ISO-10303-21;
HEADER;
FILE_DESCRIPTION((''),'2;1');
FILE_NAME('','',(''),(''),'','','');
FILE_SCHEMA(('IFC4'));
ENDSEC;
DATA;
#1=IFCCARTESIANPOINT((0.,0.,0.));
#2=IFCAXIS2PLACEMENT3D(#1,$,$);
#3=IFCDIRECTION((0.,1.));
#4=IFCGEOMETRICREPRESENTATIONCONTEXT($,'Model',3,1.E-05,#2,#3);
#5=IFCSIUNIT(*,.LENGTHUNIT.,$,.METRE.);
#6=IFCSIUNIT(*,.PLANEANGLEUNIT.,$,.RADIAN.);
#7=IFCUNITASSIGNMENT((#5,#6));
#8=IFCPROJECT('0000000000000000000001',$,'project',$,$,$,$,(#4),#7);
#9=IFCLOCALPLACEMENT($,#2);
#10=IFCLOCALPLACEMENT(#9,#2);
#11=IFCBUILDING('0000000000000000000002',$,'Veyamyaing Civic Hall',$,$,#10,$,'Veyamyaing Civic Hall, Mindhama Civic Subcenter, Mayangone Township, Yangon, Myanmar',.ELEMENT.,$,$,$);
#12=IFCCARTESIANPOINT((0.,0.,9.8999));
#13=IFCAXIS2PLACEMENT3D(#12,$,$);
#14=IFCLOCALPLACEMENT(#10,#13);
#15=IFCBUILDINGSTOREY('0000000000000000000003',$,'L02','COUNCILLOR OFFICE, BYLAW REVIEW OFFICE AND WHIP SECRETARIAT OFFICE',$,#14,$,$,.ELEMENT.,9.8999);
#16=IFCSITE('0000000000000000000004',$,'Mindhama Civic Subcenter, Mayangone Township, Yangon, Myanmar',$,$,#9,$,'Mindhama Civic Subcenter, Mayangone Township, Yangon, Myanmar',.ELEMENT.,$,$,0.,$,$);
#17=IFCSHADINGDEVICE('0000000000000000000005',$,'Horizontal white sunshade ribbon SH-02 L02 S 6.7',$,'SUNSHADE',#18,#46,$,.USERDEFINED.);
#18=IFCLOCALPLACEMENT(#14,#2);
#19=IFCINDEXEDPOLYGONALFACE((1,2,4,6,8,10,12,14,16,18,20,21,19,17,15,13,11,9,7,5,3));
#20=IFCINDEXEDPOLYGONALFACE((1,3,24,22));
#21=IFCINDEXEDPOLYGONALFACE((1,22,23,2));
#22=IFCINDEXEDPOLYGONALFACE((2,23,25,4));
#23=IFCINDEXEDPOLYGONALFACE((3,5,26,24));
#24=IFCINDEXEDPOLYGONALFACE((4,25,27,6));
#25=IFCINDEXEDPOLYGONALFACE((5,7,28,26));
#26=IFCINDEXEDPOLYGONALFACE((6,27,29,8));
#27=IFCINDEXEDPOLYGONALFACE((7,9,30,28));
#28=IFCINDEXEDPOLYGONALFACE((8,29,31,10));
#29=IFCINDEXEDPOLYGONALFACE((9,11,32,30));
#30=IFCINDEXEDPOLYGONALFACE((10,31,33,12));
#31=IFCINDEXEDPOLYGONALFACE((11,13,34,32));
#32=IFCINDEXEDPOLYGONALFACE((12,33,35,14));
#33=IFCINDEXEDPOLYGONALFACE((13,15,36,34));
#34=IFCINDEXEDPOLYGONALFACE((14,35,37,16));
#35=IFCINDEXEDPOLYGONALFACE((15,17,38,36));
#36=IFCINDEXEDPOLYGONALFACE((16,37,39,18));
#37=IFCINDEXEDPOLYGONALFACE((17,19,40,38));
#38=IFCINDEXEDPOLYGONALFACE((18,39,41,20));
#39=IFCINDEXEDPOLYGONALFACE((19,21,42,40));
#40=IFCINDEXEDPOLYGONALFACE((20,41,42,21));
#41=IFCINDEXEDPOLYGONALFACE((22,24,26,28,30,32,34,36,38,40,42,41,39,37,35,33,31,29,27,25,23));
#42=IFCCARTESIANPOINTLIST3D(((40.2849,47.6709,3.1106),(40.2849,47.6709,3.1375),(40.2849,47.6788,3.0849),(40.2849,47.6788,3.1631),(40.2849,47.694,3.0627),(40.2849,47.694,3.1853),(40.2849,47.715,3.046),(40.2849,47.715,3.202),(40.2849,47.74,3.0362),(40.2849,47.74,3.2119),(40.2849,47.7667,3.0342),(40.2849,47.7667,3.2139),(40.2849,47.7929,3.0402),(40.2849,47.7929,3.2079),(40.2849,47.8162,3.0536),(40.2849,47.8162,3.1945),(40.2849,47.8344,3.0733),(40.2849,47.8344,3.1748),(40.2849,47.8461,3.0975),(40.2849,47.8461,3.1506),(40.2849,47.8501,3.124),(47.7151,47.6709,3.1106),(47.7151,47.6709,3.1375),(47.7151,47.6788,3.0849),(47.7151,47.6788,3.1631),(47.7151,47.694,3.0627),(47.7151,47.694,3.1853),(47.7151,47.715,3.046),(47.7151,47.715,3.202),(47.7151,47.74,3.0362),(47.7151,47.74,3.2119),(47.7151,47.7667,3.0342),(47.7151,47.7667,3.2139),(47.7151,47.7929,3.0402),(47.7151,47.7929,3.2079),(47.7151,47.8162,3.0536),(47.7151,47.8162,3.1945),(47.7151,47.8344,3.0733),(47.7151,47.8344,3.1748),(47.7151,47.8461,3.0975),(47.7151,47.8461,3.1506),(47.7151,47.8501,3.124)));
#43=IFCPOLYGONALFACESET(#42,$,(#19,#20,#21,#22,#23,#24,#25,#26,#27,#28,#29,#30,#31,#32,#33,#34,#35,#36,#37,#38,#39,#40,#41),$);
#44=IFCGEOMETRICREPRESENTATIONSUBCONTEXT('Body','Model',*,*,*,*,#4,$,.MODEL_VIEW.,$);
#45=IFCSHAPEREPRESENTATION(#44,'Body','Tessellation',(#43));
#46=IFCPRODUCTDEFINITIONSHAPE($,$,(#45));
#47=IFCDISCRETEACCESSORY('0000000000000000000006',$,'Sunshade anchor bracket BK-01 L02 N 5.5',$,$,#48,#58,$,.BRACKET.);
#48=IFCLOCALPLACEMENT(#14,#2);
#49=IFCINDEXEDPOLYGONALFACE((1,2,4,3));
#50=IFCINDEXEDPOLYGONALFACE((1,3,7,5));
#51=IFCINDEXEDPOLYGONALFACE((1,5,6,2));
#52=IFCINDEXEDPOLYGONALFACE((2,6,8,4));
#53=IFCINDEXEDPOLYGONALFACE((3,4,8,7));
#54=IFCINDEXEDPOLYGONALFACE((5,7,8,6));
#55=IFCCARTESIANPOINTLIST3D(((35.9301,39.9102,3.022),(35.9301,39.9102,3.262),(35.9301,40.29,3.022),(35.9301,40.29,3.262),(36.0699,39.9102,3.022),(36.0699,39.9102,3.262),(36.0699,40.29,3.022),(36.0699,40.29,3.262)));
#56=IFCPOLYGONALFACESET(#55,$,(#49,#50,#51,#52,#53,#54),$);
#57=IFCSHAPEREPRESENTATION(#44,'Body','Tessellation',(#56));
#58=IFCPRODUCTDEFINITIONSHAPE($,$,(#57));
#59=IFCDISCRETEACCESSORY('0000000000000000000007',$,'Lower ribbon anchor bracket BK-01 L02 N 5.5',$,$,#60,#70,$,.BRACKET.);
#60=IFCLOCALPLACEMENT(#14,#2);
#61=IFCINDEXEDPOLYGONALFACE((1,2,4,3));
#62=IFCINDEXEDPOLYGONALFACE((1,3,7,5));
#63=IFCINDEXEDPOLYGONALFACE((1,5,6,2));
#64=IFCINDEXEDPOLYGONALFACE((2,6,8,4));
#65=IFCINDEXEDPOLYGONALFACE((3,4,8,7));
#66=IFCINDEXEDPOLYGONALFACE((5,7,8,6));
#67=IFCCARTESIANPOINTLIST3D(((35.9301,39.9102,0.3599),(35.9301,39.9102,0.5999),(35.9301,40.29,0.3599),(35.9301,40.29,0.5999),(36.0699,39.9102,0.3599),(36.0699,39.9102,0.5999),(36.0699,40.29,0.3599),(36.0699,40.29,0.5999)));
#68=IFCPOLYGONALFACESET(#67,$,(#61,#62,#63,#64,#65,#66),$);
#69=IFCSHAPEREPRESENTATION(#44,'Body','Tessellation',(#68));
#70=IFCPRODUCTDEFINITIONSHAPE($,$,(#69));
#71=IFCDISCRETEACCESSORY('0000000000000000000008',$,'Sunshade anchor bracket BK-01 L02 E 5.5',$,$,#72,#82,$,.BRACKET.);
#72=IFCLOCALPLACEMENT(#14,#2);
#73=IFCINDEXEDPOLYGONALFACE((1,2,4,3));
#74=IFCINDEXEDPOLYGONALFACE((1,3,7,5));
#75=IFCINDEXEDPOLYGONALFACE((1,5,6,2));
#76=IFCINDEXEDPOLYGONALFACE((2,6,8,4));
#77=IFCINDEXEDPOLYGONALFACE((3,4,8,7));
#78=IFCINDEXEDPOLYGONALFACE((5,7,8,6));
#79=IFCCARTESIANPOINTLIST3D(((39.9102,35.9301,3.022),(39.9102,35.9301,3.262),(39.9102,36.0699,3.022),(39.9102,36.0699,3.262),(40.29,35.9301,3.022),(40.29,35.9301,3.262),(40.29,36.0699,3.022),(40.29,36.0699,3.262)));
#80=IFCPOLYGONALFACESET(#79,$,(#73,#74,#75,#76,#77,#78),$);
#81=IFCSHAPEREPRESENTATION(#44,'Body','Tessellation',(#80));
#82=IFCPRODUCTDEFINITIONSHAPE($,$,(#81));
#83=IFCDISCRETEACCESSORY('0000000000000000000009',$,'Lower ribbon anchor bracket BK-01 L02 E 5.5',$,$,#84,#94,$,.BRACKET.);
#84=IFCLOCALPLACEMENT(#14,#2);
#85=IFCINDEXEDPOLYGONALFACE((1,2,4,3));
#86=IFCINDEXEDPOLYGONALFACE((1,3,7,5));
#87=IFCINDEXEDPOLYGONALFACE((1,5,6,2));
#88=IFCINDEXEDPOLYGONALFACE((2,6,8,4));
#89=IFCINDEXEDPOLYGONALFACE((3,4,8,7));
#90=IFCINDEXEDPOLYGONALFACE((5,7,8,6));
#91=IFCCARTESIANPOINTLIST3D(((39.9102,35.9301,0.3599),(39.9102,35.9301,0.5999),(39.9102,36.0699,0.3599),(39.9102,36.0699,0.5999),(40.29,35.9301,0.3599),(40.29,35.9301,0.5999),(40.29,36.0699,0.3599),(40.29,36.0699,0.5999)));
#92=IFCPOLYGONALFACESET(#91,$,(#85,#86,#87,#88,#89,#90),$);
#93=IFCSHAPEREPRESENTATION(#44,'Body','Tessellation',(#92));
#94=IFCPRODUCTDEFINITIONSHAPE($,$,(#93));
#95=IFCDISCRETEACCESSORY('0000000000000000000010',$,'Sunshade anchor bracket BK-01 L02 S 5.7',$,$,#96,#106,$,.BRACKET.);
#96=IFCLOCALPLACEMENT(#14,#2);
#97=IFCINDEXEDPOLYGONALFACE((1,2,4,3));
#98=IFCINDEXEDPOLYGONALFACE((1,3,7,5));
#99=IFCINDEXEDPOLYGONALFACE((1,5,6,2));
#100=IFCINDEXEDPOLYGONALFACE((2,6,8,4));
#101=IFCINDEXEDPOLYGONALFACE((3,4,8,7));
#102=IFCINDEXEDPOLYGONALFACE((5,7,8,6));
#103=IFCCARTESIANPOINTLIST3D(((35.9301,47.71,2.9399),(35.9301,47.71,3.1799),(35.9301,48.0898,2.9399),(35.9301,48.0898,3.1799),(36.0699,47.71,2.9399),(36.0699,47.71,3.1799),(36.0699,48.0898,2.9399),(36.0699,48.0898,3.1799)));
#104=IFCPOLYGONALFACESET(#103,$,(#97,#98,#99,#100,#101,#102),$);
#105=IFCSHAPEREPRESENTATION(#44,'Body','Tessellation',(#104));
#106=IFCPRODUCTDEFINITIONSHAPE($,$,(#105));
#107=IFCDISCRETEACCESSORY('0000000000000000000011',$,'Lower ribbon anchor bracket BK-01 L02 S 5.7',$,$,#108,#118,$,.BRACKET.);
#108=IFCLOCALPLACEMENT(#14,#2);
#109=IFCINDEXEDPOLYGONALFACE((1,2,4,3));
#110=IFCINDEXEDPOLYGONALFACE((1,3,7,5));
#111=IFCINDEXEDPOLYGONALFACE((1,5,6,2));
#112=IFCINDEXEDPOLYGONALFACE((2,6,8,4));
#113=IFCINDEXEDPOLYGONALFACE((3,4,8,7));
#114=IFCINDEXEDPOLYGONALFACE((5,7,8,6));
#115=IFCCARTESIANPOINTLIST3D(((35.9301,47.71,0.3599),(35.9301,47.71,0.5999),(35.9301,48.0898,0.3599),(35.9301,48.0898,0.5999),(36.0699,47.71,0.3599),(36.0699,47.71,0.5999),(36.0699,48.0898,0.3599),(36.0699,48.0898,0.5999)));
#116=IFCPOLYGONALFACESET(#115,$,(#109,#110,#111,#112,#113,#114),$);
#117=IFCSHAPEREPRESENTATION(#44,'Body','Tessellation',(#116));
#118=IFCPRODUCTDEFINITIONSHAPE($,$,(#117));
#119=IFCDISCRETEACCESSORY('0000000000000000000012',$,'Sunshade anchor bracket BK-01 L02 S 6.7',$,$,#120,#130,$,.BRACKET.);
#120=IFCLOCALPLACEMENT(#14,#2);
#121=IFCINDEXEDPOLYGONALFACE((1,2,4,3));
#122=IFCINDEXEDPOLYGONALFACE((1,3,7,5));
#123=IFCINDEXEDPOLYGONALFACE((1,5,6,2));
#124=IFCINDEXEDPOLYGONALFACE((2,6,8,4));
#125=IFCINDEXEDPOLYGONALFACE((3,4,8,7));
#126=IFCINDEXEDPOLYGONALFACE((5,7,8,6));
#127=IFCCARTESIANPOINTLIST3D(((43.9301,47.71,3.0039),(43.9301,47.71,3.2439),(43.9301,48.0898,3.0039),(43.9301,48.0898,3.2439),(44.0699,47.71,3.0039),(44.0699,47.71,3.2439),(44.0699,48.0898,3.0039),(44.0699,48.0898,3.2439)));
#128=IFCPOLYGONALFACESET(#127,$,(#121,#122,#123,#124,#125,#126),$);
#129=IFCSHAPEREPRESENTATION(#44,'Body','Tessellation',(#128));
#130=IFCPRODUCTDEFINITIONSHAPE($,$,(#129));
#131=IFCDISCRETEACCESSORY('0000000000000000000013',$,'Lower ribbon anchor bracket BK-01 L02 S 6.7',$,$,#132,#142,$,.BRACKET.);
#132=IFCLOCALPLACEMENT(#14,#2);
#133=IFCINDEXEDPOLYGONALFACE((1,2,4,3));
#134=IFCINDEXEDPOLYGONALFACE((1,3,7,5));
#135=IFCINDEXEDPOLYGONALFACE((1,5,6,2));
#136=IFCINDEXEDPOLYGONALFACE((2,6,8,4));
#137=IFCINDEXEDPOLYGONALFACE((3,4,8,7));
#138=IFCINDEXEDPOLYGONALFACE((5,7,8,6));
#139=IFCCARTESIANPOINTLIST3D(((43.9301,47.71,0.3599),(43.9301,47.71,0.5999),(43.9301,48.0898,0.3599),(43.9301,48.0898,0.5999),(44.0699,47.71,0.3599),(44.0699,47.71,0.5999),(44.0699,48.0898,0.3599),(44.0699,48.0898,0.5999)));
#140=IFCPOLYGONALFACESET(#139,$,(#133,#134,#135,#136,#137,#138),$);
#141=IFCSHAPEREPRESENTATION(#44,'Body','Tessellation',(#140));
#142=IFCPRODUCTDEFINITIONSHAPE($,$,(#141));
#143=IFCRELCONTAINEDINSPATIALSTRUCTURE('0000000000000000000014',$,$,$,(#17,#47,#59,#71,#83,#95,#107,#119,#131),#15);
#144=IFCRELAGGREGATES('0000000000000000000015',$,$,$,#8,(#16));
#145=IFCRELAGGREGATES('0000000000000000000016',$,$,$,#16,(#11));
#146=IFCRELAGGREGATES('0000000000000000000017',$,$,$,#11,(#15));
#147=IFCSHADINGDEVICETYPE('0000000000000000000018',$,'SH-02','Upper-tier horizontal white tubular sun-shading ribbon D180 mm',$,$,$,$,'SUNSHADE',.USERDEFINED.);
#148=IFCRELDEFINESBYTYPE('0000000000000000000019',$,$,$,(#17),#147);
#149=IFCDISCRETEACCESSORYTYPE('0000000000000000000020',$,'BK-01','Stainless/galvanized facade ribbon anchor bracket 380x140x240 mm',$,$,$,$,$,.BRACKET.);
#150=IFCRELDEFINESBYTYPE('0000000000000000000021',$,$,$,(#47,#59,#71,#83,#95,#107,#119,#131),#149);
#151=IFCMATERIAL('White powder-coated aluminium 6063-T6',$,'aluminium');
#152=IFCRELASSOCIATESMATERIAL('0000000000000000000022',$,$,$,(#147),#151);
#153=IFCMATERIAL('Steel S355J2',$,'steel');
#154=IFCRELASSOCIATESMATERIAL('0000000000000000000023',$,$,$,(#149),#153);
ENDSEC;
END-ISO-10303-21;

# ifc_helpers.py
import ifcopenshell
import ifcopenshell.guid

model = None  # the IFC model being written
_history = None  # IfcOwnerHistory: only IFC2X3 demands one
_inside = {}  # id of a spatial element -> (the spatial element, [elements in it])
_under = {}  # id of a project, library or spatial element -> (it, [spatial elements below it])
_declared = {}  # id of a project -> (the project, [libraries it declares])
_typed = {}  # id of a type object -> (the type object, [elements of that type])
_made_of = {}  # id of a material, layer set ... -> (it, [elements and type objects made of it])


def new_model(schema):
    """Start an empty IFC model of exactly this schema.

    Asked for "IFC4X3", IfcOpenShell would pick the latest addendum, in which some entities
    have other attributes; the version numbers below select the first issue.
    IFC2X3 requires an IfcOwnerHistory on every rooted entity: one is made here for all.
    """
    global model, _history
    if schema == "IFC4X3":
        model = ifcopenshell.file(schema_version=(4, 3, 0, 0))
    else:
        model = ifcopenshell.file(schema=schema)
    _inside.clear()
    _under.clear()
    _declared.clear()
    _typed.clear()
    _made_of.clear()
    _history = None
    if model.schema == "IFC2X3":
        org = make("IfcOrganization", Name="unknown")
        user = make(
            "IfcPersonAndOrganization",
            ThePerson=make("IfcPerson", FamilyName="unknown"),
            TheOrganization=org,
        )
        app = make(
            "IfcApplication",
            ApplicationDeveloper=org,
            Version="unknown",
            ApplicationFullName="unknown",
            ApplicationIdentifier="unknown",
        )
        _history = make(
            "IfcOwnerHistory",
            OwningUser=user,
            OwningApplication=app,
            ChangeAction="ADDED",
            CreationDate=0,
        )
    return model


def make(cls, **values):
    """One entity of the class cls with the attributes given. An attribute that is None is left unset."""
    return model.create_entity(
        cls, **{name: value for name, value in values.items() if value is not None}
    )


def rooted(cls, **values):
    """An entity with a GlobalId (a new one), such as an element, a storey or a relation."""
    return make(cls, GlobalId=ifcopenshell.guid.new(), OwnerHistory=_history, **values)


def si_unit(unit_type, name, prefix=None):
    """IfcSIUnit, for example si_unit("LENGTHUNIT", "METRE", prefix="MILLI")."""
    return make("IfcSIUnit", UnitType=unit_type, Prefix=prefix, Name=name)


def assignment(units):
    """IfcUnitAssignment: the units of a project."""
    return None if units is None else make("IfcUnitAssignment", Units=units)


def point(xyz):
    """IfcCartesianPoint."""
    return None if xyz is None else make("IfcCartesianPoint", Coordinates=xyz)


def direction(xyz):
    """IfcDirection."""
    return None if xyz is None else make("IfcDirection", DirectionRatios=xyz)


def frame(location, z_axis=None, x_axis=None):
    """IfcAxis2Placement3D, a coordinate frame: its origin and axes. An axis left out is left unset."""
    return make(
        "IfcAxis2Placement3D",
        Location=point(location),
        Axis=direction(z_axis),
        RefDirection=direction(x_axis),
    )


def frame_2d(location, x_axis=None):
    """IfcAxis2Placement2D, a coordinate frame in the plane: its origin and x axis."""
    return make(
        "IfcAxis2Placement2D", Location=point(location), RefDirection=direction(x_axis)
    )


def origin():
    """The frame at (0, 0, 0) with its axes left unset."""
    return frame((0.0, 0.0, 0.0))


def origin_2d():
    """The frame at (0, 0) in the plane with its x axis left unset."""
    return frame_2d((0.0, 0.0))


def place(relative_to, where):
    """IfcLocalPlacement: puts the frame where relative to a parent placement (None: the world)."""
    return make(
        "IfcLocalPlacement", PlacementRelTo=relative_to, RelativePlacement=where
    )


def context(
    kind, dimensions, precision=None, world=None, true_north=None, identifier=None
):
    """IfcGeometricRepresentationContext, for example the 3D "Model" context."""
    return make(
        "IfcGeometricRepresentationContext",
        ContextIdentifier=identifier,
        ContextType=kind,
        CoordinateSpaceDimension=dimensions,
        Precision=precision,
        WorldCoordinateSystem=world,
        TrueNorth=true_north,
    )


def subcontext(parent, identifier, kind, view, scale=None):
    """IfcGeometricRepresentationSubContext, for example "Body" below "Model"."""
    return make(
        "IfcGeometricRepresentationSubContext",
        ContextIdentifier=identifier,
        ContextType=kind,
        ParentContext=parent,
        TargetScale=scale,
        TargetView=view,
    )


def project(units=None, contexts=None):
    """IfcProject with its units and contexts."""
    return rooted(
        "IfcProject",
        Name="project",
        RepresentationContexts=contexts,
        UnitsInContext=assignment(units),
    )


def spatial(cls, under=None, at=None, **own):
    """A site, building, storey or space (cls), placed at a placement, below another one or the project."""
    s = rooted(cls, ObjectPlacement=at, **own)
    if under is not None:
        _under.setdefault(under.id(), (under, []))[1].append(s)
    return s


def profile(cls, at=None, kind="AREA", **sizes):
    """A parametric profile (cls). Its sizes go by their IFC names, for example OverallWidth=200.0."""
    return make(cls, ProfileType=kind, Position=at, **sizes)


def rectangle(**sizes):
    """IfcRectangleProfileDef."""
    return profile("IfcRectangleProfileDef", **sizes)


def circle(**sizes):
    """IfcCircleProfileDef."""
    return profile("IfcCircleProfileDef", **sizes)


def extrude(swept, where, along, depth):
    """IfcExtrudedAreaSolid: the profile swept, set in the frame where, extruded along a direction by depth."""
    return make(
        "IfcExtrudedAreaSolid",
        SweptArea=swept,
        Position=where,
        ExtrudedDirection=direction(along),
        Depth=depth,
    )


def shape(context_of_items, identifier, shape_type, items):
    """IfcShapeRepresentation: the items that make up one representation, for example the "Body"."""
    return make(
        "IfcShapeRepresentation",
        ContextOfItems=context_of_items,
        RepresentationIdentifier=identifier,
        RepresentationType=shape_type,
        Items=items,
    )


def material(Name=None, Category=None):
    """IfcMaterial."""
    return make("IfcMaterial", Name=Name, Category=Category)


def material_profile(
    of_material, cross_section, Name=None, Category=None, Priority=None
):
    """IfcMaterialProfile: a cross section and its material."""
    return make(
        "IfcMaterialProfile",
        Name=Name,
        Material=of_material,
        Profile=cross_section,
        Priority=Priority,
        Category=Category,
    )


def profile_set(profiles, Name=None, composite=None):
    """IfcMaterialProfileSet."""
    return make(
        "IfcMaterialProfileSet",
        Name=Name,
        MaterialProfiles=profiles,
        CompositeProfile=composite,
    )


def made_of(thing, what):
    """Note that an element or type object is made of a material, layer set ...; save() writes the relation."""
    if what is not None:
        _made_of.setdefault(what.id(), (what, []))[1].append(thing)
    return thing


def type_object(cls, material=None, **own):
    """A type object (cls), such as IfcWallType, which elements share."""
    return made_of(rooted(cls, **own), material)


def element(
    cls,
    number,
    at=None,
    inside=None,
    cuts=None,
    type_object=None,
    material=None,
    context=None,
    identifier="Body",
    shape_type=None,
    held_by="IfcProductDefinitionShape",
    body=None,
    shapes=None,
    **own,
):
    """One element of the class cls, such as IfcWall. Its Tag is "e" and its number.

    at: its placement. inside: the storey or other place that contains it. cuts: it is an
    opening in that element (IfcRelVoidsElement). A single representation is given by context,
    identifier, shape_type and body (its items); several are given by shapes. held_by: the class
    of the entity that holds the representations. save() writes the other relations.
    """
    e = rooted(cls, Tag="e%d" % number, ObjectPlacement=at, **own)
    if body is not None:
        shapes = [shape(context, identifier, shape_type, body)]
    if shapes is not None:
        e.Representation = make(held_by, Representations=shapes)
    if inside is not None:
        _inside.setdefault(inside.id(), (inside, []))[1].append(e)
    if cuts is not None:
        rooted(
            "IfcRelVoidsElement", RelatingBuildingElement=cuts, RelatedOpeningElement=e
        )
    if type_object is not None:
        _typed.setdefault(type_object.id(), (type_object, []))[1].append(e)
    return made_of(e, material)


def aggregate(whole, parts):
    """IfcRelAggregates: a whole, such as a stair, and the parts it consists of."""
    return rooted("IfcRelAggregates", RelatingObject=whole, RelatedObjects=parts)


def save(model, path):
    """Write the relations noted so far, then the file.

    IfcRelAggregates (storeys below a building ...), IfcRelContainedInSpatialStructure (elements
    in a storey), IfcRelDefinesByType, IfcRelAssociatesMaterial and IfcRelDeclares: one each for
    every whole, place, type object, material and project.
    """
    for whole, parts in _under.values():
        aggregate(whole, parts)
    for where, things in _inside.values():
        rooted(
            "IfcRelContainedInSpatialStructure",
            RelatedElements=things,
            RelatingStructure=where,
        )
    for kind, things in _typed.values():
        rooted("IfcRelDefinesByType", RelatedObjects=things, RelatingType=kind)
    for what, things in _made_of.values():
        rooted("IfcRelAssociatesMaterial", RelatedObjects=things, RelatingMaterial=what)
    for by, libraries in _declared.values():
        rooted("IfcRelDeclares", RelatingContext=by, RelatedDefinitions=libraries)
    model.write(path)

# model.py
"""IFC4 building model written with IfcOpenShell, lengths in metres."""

from ifc_helpers import new_model, si_unit, direction, frame, origin, origin_2d, place, context, subcontext, project, spatial, rectangle, circle, extrude, material, material_profile, profile_set, type_object, element, save


model = new_model("IFC4")

# Units and contexts
model_context = context("Model", 3, precision=1e-05, world=origin(), true_north=direction((0.0, 1.0)))
body_context = subcontext(model_context, "Body", "Model", "MODEL_VIEW")
ifc_project = project(units=[si_unit("LENGTHUNIT", "METRE"), si_unit("PLANEANGLEUNIT", "RADIAN")], contexts=[model_context])

# Site, building, storey
site_placement = place(None, origin())
site = spatial("IfcSite", under=ifc_project, at=site_placement, Name="Mindhama Civic Subcenter, Mayangone Township, Yangon, Myanmar", LongName="Mindhama Civic Subcenter, Mayangone Township, Yangon, Myanmar", CompositionType="ELEMENT", RefElevation=0.0)
building_placement = place(site_placement, origin())
building = spatial("IfcBuilding", under=site, at=building_placement, Name="Veyamyaing Civic Hall", LongName="Veyamyaing Civic Hall, Mindhama Civic Subcenter, Mayangone Township, Yangon, Myanmar", CompositionType="ELEMENT")
storey_placement = place(building_placement, frame((0.0, 0.0, 9.8999)))
storey = spatial("IfcBuildingStorey", under=building, at=storey_placement, Name="L02", Description="COUNCILLOR OFFICE, BYLAW REVIEW OFFICE AND WHIP SECRETARIAT OFFICE", CompositionType="ELEMENT", Elevation=9.8999)

# Shared definitions
ifc_material_1 = material(Name="White powder-coated aluminium 6063-T6", Category="aluminium")

# Shading device
ifc_material_profile_1 = material_profile(ifc_material_1, circle(Radius=0.0901, at=origin_2d()), Name="SHADE-TUBE-180")
ifc_profile_set_1 = profile_set([ifc_material_profile_1], Name="White powder-coated aluminium 6063-T6")
shading_device_type = type_object("IfcShadingDeviceType", Name="SH-02", Description="Upper-tier horizontal white tubular sun-shading ribbon D180 mm", ElementType="SUNSHADE", PredefinedType="USERDEFINED", material=ifc_profile_set_1)
shading_device_placement = place(storey_placement, frame((40.2849, 47.76, 3.124), z_axis=(1.0, 0.0, 0.0), x_axis=(0.0, 1.0, 0.0)))
element("IfcShadingDevice", 1, at=shading_device_placement, inside=storey, type_object=shading_device_type, Name="Horizontal white sunshade ribbon SH-02 L02 S 6.7", ObjectType="SUNSHADE", PredefinedType="USERDEFINED", context=body_context, shape_type="SweptSolid", body=[
    extrude(circle(Radius=0.0901, at=origin_2d()), origin(), (0.0, 0.0, 1.0), 7.4302),
])

# Discrete accessories
ifc_material_2 = material(Name="Steel S355J2", Category="steel")
discrete_accessory_type = type_object("IfcDiscreteAccessoryType", Name="BK-01", Description="Stainless/galvanized facade ribbon anchor bracket 380x140x240 mm", PredefinedType="BRACKET", material=ifc_material_2)
for number, where, z_axis, x_axis, name in (
    (2, (36.0, 40.1001, 3.022), (0.0, 0.0, 1.0), (0.0, 1.0, 0.0), "Sunshade anchor bracket BK-01 L02 N 5.5"),
    (3, (36.0, 40.1001, 0.3599), (0.0, 0.0, 1.0), (0.0, 1.0, 0.0), "Lower ribbon anchor bracket BK-01 L02 N 5.5"),
    (4, (40.1001, 36.0, 3.022), (0.0, 0.0, 1.0), (1.0, 0.0, 0.0), "Sunshade anchor bracket BK-01 L02 E 5.5"),
    (5, (40.1001, 36.0, 0.3599), (0.0, 0.0, 1.0), (1.0, 0.0, 0.0), "Lower ribbon anchor bracket BK-01 L02 E 5.5"),
    (6, (36.0, 47.8999, 2.9399), (0.0, 0.0, 1.0), (0.0, -1.0, 0.0), "Sunshade anchor bracket BK-01 L02 S 5.7"),
    (7, (36.0, 47.8999, 0.3599), (0.0, 0.0, 1.0), (0.0, -1.0, 0.0), "Lower ribbon anchor bracket BK-01 L02 S 5.7"),
    (8, (44.0, 47.8999, 3.0039), (0.0, 0.0, 1.0), (0.0, -1.0, 0.0), "Sunshade anchor bracket BK-01 L02 S 6.7"),
    (9, (44.0, 47.8999, 0.3599), (0.0, 0.0, 1.0), (0.0, -1.0, 0.0), "Lower ribbon anchor bracket BK-01 L02 S 6.7"),
):
    element("IfcDiscreteAccessory", number, at=place(storey_placement, frame(where, z_axis=z_axis, x_axis=x_axis)), inside=storey, type_object=discrete_accessory_type, Name=name, PredefinedType="BRACKET", context=body_context, shape_type="SweptSolid", body=[
        extrude(rectangle(XDim=0.3799, YDim=0.1399, at=origin_2d()), origin(), (0.0, 0.0, 1.0), 0.24),
    ])

save(model, "model.ifc")
